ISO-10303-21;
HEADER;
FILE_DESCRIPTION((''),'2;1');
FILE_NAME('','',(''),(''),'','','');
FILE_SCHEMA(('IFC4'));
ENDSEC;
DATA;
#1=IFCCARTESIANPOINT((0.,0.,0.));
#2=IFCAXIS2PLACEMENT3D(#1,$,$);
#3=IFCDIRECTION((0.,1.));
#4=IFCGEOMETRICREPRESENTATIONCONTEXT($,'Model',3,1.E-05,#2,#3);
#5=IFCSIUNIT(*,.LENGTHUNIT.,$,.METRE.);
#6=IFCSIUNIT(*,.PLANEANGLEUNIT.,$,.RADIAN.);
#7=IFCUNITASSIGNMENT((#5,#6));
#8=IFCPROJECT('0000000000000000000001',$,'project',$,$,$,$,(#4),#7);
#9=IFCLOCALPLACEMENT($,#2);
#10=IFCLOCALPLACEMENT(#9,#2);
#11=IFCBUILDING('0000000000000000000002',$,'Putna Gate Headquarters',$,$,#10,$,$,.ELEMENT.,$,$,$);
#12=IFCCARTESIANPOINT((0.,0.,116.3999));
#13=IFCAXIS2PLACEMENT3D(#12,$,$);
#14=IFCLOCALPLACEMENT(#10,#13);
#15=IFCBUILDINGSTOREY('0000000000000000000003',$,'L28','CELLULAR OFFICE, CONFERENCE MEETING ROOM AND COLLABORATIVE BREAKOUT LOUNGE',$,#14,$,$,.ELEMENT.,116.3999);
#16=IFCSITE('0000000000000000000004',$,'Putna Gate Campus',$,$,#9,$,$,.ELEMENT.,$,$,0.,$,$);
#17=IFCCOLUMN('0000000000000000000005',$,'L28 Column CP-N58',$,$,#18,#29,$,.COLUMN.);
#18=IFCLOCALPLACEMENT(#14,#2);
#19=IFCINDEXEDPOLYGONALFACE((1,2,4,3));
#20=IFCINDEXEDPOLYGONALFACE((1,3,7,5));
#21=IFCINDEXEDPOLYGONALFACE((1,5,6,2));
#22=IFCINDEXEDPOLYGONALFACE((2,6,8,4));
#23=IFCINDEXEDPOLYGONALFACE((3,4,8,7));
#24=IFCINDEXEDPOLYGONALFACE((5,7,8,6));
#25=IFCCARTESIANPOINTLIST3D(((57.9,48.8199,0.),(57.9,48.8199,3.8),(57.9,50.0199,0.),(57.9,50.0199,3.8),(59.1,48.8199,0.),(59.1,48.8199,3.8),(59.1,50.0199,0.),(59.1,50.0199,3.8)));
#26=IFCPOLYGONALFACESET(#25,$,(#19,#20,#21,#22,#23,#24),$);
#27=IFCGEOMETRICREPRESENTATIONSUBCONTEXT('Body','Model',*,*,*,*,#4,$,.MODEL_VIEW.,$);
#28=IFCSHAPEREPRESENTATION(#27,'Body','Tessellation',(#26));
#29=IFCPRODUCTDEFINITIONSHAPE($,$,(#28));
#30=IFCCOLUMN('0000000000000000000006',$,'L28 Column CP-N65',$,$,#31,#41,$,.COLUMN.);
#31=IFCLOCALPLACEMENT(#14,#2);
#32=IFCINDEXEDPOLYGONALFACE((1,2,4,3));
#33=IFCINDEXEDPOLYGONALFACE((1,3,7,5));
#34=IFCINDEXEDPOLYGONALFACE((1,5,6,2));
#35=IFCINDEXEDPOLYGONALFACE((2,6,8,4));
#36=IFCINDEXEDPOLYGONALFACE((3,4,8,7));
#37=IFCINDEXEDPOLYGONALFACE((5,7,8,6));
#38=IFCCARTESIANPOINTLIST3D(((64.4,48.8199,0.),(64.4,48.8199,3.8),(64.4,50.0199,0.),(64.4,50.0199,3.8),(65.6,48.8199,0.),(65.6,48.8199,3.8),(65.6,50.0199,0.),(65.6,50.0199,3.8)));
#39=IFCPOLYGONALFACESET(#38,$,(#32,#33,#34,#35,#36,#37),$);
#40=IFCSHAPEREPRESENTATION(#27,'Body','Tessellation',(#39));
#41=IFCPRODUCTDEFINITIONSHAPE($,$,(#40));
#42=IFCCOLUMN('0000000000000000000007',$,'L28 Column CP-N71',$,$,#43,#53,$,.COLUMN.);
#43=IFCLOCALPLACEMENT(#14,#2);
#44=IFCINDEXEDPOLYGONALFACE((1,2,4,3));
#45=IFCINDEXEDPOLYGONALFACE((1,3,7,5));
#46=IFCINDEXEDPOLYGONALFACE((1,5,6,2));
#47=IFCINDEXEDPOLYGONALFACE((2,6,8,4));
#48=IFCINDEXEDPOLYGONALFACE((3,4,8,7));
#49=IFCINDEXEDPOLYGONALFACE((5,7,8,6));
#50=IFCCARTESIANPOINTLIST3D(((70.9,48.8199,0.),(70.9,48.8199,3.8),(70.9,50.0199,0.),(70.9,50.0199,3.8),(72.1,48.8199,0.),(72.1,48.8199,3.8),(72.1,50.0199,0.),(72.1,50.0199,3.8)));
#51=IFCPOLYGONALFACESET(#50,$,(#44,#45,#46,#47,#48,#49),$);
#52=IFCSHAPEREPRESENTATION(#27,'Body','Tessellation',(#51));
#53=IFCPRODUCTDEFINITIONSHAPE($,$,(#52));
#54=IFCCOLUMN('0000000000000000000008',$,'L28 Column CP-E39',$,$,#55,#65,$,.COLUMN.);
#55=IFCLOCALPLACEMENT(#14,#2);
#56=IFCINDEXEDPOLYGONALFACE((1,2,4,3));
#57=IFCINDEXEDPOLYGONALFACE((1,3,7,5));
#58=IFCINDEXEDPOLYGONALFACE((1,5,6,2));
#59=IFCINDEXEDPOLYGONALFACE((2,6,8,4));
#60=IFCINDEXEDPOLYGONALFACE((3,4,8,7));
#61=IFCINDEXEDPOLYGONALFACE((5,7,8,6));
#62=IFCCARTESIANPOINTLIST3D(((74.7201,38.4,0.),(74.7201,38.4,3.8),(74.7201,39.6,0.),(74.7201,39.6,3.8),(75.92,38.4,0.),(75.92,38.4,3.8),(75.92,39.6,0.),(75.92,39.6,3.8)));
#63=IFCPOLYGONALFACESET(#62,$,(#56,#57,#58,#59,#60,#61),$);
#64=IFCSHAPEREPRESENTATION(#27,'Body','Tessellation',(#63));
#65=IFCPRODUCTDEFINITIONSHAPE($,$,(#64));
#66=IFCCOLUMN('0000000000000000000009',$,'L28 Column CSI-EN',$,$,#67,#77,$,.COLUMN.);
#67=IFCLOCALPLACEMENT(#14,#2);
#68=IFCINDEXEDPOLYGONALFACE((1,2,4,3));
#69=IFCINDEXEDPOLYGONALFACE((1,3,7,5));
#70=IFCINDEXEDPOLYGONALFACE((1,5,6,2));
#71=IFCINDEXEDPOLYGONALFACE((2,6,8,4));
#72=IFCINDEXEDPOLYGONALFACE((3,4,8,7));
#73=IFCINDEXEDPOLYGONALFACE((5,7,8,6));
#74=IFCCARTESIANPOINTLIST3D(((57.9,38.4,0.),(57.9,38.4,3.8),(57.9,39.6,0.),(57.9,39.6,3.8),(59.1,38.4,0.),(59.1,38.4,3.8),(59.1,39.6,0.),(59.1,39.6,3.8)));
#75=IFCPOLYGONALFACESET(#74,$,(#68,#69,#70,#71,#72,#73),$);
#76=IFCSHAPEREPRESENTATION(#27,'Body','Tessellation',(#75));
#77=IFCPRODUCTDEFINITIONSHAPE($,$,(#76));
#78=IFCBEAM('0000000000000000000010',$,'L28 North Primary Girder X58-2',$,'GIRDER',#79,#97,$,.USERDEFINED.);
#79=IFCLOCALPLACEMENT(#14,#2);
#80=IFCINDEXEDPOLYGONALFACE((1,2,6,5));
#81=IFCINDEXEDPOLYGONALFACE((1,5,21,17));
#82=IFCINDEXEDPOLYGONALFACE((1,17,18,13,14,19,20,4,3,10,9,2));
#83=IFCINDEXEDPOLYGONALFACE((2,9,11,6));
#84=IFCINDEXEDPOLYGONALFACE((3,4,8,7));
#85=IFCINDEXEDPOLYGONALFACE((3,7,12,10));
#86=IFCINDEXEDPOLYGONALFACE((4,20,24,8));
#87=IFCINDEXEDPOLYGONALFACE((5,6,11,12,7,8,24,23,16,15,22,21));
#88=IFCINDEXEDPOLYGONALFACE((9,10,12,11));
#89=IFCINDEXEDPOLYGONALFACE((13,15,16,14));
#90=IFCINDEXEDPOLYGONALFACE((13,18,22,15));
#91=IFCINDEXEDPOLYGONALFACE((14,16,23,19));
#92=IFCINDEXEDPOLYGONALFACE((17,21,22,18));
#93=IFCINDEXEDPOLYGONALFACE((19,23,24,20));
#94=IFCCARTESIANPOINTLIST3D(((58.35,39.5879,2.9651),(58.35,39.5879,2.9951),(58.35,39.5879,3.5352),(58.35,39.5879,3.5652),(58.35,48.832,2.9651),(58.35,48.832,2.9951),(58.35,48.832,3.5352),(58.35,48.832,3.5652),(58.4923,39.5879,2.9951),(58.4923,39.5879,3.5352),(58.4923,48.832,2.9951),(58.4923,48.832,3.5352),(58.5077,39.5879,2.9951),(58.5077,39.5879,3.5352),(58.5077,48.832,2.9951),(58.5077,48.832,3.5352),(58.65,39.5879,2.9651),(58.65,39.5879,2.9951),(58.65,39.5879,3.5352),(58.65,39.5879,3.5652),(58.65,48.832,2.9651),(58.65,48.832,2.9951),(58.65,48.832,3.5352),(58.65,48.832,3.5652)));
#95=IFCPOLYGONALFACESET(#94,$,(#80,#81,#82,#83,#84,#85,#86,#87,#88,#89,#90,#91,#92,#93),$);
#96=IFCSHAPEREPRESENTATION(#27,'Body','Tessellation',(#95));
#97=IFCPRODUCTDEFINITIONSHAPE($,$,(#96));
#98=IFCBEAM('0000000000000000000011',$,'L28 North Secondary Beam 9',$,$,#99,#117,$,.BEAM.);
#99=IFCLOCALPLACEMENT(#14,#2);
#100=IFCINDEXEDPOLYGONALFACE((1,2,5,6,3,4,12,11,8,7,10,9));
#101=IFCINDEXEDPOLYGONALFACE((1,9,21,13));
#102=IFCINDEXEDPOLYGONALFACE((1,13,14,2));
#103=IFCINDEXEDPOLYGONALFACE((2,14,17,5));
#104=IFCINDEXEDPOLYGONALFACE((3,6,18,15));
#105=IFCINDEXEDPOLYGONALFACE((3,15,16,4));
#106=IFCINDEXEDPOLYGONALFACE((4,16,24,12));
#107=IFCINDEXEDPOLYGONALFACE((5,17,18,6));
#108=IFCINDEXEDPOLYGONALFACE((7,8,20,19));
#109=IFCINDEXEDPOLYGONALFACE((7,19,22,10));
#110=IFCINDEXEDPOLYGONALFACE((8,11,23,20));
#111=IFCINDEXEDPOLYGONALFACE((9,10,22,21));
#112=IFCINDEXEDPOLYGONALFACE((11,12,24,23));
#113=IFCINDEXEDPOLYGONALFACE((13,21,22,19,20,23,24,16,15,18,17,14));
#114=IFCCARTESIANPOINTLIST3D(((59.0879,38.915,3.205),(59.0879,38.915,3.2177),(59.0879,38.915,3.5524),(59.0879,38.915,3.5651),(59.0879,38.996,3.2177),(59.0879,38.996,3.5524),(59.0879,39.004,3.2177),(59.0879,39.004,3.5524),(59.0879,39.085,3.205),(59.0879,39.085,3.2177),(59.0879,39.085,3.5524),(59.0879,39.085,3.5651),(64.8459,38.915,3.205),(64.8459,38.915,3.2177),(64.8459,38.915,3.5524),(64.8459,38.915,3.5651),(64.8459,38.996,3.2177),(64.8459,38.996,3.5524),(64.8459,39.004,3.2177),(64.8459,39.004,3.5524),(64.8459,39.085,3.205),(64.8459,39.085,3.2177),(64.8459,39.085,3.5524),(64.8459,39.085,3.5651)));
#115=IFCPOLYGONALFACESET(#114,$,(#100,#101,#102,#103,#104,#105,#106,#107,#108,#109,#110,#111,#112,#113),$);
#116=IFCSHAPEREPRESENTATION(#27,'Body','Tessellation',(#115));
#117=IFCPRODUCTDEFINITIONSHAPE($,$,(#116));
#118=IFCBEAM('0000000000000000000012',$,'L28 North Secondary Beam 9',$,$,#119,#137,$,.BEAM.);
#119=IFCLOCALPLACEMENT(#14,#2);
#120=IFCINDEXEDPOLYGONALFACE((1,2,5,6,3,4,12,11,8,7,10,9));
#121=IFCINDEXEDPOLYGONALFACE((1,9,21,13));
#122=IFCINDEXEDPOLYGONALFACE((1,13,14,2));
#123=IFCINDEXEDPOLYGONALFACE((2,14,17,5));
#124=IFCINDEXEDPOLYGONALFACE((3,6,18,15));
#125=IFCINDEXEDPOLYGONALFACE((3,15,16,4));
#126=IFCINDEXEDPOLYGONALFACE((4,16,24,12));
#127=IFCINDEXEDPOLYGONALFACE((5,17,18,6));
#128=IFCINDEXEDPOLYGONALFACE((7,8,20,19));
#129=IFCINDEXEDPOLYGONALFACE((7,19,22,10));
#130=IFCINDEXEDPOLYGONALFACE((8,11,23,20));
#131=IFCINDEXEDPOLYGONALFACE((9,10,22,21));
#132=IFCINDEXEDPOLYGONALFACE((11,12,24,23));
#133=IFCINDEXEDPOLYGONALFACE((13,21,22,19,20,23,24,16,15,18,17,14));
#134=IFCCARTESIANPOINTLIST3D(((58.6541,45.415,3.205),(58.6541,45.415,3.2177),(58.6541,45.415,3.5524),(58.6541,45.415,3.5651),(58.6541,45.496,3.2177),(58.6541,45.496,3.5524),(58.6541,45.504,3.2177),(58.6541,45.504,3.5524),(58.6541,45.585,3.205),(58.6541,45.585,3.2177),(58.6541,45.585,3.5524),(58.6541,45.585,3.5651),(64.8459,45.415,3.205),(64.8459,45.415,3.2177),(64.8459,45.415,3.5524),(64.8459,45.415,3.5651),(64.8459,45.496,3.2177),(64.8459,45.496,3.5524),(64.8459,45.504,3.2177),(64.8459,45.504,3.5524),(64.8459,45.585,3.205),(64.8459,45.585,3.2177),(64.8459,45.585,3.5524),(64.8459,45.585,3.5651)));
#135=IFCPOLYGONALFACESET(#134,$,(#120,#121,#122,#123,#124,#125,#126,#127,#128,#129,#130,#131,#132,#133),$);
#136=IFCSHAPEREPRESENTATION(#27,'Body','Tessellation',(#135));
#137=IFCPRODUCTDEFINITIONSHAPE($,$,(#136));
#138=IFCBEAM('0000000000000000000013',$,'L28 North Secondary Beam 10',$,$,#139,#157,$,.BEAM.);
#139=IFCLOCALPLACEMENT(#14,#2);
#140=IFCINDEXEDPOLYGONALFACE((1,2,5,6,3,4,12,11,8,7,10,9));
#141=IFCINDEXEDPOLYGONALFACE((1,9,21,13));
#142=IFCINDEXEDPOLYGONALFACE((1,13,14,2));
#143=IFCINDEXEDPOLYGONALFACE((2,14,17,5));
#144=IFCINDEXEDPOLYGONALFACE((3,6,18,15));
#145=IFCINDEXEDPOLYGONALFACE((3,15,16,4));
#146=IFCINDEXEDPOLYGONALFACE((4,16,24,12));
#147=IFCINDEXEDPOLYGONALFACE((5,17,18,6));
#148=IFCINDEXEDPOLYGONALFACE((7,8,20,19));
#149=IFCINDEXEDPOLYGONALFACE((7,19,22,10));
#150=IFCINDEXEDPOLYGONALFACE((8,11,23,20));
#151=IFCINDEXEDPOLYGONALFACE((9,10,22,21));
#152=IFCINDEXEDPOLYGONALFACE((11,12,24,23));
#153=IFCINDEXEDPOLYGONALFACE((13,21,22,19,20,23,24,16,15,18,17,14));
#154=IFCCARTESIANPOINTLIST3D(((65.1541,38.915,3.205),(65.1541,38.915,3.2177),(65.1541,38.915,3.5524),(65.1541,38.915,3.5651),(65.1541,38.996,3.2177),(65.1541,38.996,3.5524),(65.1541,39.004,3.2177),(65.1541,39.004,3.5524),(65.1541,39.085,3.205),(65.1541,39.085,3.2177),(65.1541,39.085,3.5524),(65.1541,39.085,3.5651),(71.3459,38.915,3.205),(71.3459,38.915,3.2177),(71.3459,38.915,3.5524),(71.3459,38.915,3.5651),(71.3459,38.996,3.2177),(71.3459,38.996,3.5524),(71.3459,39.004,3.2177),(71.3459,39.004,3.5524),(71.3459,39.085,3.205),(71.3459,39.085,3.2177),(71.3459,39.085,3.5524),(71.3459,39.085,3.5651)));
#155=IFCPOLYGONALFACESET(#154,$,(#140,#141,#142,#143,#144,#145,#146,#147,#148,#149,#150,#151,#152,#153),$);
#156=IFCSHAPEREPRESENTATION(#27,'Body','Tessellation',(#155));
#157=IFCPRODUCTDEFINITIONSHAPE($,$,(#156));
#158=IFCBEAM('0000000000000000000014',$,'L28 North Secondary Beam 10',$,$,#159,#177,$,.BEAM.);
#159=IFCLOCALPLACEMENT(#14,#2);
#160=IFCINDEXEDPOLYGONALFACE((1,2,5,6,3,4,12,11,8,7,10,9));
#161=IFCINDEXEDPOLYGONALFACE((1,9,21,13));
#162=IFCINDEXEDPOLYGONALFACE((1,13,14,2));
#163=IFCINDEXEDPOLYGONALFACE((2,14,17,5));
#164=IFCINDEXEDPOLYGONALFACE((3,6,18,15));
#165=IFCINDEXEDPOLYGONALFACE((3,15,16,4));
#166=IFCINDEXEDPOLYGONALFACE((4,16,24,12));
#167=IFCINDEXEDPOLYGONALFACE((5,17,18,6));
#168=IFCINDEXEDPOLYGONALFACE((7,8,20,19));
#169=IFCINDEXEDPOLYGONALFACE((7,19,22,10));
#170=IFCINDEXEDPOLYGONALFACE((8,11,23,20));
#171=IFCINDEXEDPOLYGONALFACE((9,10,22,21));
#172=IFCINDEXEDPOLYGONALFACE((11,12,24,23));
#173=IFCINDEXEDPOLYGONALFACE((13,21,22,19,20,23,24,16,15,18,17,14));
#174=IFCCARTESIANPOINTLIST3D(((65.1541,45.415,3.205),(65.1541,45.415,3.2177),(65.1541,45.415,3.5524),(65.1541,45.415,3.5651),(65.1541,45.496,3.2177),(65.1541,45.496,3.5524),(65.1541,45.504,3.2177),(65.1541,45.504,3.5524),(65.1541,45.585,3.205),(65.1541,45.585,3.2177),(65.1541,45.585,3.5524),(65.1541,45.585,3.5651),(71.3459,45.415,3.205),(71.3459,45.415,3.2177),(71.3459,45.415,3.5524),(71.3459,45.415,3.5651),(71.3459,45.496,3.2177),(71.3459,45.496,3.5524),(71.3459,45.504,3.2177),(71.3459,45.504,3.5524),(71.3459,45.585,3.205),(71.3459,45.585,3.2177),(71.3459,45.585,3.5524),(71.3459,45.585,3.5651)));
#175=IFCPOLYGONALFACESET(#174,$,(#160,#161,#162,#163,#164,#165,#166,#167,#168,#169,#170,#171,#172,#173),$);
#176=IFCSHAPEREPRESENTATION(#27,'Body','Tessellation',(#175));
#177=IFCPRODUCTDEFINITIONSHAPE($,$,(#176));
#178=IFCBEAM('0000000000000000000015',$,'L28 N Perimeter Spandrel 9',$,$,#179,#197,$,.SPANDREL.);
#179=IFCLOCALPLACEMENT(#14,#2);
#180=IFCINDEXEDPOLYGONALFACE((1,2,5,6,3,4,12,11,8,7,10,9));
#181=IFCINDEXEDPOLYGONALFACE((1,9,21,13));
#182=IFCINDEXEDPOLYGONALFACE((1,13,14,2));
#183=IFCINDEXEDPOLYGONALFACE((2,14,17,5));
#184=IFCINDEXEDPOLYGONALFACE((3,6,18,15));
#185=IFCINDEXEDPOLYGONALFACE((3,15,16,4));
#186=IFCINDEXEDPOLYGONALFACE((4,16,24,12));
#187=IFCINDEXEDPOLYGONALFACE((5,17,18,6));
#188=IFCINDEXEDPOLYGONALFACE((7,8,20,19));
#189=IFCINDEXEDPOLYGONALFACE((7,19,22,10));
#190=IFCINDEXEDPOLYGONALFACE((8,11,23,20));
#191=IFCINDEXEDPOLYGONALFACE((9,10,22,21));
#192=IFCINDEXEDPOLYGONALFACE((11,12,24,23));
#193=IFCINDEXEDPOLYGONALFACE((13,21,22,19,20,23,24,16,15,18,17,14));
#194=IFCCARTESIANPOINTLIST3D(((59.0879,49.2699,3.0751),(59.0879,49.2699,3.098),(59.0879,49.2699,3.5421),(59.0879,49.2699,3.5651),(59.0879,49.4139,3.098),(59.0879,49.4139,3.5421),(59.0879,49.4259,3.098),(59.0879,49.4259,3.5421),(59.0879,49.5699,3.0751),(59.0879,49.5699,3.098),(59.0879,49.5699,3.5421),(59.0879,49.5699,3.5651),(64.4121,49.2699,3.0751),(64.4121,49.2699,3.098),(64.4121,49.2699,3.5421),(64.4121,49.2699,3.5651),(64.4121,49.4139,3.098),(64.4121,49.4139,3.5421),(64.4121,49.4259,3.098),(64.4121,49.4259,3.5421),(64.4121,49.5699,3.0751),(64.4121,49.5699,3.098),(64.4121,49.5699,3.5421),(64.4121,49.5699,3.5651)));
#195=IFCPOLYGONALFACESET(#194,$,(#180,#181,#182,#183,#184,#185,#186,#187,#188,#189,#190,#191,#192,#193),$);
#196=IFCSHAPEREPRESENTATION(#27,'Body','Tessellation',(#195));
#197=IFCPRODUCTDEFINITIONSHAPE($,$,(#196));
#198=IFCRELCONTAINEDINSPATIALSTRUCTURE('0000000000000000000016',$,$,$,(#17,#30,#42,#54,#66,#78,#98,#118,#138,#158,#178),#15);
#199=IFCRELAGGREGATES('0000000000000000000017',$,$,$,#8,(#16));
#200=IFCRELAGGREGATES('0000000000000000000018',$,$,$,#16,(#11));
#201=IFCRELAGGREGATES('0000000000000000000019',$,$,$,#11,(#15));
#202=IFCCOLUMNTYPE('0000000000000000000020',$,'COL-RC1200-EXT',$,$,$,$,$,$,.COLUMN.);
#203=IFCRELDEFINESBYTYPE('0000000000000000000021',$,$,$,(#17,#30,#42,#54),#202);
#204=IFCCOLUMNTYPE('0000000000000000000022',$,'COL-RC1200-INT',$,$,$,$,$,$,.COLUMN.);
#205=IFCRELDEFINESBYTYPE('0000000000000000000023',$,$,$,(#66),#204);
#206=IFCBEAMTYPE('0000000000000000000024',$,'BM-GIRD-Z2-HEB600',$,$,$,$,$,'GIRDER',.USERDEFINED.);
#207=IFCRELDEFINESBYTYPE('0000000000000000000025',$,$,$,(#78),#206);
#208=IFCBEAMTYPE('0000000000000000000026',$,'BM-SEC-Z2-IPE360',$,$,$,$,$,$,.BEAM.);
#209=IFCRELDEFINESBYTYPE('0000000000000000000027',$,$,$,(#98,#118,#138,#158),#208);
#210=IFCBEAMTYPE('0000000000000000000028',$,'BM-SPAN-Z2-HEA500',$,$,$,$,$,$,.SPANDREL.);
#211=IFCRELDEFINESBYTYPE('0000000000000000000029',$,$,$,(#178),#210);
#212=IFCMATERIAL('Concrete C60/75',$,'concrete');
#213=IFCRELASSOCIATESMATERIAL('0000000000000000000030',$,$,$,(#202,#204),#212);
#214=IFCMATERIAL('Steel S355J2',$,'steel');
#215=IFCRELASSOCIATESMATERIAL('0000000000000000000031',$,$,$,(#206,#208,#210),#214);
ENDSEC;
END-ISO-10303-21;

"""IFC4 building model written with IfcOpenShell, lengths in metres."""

from ifc_helpers import new_model, si_unit, direction, frame, origin, origin_2d, place, context, subcontext, project, spatial, rectangle, i_section, extrude, material, material_profile, profile_set, type_object, element, save


model = new_model("IFC4")

# Units and contexts
model_context = context("Model", 3, precision=1e-05, world=origin(), true_north=direction((0.0, 1.0)))
body_context = subcontext(model_context, "Body", "Model", "MODEL_VIEW")
ifc_project = project(units=[si_unit("LENGTHUNIT", "METRE"), si_unit("PLANEANGLEUNIT", "RADIAN")], contexts=[model_context])

# Site, building, storey
site_placement = place(None, origin())
site = spatial("IfcSite", under=ifc_project, at=site_placement, Name="Putna Gate Campus", CompositionType="ELEMENT", RefElevation=0.0)
building_placement = place(site_placement, origin())
building = spatial("IfcBuilding", under=site, at=building_placement, Name="Putna Gate Headquarters", CompositionType="ELEMENT")
storey_placement = place(building_placement, frame((0.0, 0.0, 116.3999)))
storey = spatial("IfcBuildingStorey", under=building, at=storey_placement, Name="L28", Description="CELLULAR OFFICE, CONFERENCE MEETING ROOM AND COLLABORATIVE BREAKOUT LOUNGE", CompositionType="ELEMENT", Elevation=116.3999)

# Columns
ifc_material_1 = material(Name="Concrete C60/75", Category="concrete")
ifc_material_profile_1 = material_profile(ifc_material_1, rectangle(XDim=1.2, YDim=1.2, at=origin_2d()), Name="Concrete C60/75")
ifc_profile_set_1 = profile_set([ifc_material_profile_1], Name="Concrete C60/75")
column_type_1 = type_object("IfcColumnType", Name="COL-RC1200-EXT", PredefinedType="COLUMN", material=ifc_profile_set_1)
for number, where, z_axis, x_axis, name in (
    (1, (58.5, 49.4199, 0.0), (0.0, 0.0, 1.0), (1.0, 0.0, 0.0), "L28 Column CP-N58"),
    (2, (65.0, 49.4199, 0.0), (0.0, 0.0, 1.0), (1.0, 0.0, 0.0), "L28 Column CP-N65"),
    (3, (71.5, 49.4199, 0.0), (0.0, 0.0, 1.0), (1.0, 0.0, 0.0), "L28 Column CP-N71"),
    (4, (75.3201, 39.0, 0.0), (0.0, 0.0, 1.0), (1.0, 0.0, 0.0), "L28 Column CP-E39"),
):
    element("IfcColumn", number, at=place(storey_placement, frame(where, z_axis=z_axis, x_axis=x_axis)), inside=storey, type_object=column_type_1, Name=name, PredefinedType="COLUMN", context=body_context, shape_type="SweptSolid", body=[
        extrude(rectangle(XDim=1.2, YDim=1.2, at=origin_2d()), origin(), (0.0, 0.0, 1.0), 3.8),
    ])
ifc_material_profile_2 = material_profile(ifc_material_1, rectangle(XDim=1.2, YDim=1.2, at=origin_2d()), Name="Concrete C60/75")
ifc_profile_set_2 = profile_set([ifc_material_profile_2], Name="Concrete C60/75")
column_type_2 = type_object("IfcColumnType", Name="COL-RC1200-INT", PredefinedType="COLUMN", material=ifc_profile_set_2)
column_placement = place(storey_placement, frame((58.5, 39.0, 0.0), z_axis=(0.0, 0.0, 1.0), x_axis=(1.0, 0.0, 0.0)))
element("IfcColumn", 5, at=column_placement, inside=storey, type_object=column_type_2, Name="L28 Column CSI-EN", PredefinedType="COLUMN", context=body_context, shape_type="SweptSolid", body=[
    extrude(rectangle(XDim=1.2, YDim=1.2, at=origin_2d()), origin(), (0.0, 0.0, 1.0), 3.8),
])

# Beams
ifc_material_2 = material(Name="Steel S355J2", Category="steel")
ifc_material_profile_3 = material_profile(ifc_material_2, i_section(OverallWidth=0.3, OverallDepth=0.6001, WebThickness=0.0154, FlangeThickness=0.03, at=origin_2d()), Name="Steel S355J2")
ifc_profile_set_3 = profile_set([ifc_material_profile_3], Name="Steel S355J2")
beam_type_1 = type_object("IfcBeamType", Name="BM-GIRD-Z2-HEB600", ElementType="GIRDER", PredefinedType="USERDEFINED", material=ifc_profile_set_3)
beam_1_placement = place(storey_placement, frame((58.5, 39.5879, 3.2651), z_axis=(0.0, 1.0, 0.0), x_axis=(-1.0, 0.0, 0.0)))
element("IfcBeam", 6, at=beam_1_placement, inside=storey, type_object=beam_type_1, Name="L28 North Primary Girder X58-2", ObjectType="GIRDER", PredefinedType="USERDEFINED", context=body_context, shape_type="SweptSolid", body=[
    extrude(i_section(OverallWidth=0.3, OverallDepth=0.6001, WebThickness=0.0154, FlangeThickness=0.03, at=origin_2d()), origin(), (0.0, 0.0, 1.0), 9.2441),
])
ifc_material_profile_4 = material_profile(ifc_material_2, i_section(OverallWidth=0.1699, OverallDepth=0.3601, WebThickness=0.0081, FlangeThickness=0.0127, at=origin_2d()), Name="Steel S355J2")
ifc_profile_set_4 = profile_set([ifc_material_profile_4], Name="Steel S355J2")
beam_type_2 = type_object("IfcBeamType", Name="BM-SEC-Z2-IPE360", PredefinedType="BEAM", material=ifc_profile_set_4)
beam_2_placement = place(storey_placement, frame((59.0879, 39.0, 3.385), z_axis=(1.0, 0.0, 0.0), x_axis=(0.0, 1.0, 0.0)))
element("IfcBeam", 7, at=beam_2_placement, inside=storey, type_object=beam_type_2, Name="L28 North Secondary Beam 9", PredefinedType="BEAM", context=body_context, shape_type="SweptSolid", body=[
    extrude(i_section(OverallWidth=0.1699, OverallDepth=0.3601, WebThickness=0.0081, FlangeThickness=0.0127, at=origin_2d()), origin(), (0.0, 0.0, 1.0), 5.7581),
])
for number, where, z_axis, x_axis, name in (
    (8, (58.6541, 45.5, 3.385), (1.0, 0.0, 0.0), (0.0, 1.0, 0.0), "L28 North Secondary Beam 9"),
    (9, (65.1541, 39.0, 3.385), (1.0, 0.0, 0.0), (0.0, 1.0, 0.0), "L28 North Secondary Beam 10"),
    (10, (65.1541, 45.5, 3.385), (1.0, 0.0, 0.0), (0.0, 1.0, 0.0), "L28 North Secondary Beam 10"),
):
    element("IfcBeam", number, at=place(storey_placement, frame(where, z_axis=z_axis, x_axis=x_axis)), inside=storey, type_object=beam_type_2, Name=name, PredefinedType="BEAM", context=body_context, shape_type="SweptSolid", body=[
        extrude(i_section(OverallWidth=0.1699, OverallDepth=0.3601, WebThickness=0.0081, FlangeThickness=0.0127, at=origin_2d()), origin(), (0.0, 0.0, 1.0), 6.1919),
    ])
ifc_material_profile_5 = material_profile(ifc_material_2, i_section(OverallWidth=0.3, OverallDepth=0.49, WebThickness=0.012, FlangeThickness=0.0229, at=origin_2d()), Name="Steel S355J2")
ifc_profile_set_5 = profile_set([ifc_material_profile_5], Name="Steel S355J2")
beam_type_3 = type_object("IfcBeamType", Name="BM-SPAN-Z2-HEA500", PredefinedType="SPANDREL", material=ifc_profile_set_5)
for number, where, z_axis, x_axis, name in (
    (11, (59.0879, 49.4199, 3.3201), (1.0, 0.0, 0.0), (0.0, 1.0, 0.0), "L28 N Perimeter Spandrel 9"),
):
    element("IfcBeam", number, at=place(storey_placement, frame(where, z_axis=z_axis, x_axis=x_axis)), inside=storey, type_object=beam_type_3, Name=name, PredefinedType="SPANDREL", context=body_context, shape_type="SweptSolid", body=[
        extrude(i_section(OverallWidth=0.3, OverallDepth=0.49, WebThickness=0.012, FlangeThickness=0.0229, at=origin_2d()), origin(), (0.0, 0.0, 1.0), 5.3242),
    ])

save(model, "model.ifc")
